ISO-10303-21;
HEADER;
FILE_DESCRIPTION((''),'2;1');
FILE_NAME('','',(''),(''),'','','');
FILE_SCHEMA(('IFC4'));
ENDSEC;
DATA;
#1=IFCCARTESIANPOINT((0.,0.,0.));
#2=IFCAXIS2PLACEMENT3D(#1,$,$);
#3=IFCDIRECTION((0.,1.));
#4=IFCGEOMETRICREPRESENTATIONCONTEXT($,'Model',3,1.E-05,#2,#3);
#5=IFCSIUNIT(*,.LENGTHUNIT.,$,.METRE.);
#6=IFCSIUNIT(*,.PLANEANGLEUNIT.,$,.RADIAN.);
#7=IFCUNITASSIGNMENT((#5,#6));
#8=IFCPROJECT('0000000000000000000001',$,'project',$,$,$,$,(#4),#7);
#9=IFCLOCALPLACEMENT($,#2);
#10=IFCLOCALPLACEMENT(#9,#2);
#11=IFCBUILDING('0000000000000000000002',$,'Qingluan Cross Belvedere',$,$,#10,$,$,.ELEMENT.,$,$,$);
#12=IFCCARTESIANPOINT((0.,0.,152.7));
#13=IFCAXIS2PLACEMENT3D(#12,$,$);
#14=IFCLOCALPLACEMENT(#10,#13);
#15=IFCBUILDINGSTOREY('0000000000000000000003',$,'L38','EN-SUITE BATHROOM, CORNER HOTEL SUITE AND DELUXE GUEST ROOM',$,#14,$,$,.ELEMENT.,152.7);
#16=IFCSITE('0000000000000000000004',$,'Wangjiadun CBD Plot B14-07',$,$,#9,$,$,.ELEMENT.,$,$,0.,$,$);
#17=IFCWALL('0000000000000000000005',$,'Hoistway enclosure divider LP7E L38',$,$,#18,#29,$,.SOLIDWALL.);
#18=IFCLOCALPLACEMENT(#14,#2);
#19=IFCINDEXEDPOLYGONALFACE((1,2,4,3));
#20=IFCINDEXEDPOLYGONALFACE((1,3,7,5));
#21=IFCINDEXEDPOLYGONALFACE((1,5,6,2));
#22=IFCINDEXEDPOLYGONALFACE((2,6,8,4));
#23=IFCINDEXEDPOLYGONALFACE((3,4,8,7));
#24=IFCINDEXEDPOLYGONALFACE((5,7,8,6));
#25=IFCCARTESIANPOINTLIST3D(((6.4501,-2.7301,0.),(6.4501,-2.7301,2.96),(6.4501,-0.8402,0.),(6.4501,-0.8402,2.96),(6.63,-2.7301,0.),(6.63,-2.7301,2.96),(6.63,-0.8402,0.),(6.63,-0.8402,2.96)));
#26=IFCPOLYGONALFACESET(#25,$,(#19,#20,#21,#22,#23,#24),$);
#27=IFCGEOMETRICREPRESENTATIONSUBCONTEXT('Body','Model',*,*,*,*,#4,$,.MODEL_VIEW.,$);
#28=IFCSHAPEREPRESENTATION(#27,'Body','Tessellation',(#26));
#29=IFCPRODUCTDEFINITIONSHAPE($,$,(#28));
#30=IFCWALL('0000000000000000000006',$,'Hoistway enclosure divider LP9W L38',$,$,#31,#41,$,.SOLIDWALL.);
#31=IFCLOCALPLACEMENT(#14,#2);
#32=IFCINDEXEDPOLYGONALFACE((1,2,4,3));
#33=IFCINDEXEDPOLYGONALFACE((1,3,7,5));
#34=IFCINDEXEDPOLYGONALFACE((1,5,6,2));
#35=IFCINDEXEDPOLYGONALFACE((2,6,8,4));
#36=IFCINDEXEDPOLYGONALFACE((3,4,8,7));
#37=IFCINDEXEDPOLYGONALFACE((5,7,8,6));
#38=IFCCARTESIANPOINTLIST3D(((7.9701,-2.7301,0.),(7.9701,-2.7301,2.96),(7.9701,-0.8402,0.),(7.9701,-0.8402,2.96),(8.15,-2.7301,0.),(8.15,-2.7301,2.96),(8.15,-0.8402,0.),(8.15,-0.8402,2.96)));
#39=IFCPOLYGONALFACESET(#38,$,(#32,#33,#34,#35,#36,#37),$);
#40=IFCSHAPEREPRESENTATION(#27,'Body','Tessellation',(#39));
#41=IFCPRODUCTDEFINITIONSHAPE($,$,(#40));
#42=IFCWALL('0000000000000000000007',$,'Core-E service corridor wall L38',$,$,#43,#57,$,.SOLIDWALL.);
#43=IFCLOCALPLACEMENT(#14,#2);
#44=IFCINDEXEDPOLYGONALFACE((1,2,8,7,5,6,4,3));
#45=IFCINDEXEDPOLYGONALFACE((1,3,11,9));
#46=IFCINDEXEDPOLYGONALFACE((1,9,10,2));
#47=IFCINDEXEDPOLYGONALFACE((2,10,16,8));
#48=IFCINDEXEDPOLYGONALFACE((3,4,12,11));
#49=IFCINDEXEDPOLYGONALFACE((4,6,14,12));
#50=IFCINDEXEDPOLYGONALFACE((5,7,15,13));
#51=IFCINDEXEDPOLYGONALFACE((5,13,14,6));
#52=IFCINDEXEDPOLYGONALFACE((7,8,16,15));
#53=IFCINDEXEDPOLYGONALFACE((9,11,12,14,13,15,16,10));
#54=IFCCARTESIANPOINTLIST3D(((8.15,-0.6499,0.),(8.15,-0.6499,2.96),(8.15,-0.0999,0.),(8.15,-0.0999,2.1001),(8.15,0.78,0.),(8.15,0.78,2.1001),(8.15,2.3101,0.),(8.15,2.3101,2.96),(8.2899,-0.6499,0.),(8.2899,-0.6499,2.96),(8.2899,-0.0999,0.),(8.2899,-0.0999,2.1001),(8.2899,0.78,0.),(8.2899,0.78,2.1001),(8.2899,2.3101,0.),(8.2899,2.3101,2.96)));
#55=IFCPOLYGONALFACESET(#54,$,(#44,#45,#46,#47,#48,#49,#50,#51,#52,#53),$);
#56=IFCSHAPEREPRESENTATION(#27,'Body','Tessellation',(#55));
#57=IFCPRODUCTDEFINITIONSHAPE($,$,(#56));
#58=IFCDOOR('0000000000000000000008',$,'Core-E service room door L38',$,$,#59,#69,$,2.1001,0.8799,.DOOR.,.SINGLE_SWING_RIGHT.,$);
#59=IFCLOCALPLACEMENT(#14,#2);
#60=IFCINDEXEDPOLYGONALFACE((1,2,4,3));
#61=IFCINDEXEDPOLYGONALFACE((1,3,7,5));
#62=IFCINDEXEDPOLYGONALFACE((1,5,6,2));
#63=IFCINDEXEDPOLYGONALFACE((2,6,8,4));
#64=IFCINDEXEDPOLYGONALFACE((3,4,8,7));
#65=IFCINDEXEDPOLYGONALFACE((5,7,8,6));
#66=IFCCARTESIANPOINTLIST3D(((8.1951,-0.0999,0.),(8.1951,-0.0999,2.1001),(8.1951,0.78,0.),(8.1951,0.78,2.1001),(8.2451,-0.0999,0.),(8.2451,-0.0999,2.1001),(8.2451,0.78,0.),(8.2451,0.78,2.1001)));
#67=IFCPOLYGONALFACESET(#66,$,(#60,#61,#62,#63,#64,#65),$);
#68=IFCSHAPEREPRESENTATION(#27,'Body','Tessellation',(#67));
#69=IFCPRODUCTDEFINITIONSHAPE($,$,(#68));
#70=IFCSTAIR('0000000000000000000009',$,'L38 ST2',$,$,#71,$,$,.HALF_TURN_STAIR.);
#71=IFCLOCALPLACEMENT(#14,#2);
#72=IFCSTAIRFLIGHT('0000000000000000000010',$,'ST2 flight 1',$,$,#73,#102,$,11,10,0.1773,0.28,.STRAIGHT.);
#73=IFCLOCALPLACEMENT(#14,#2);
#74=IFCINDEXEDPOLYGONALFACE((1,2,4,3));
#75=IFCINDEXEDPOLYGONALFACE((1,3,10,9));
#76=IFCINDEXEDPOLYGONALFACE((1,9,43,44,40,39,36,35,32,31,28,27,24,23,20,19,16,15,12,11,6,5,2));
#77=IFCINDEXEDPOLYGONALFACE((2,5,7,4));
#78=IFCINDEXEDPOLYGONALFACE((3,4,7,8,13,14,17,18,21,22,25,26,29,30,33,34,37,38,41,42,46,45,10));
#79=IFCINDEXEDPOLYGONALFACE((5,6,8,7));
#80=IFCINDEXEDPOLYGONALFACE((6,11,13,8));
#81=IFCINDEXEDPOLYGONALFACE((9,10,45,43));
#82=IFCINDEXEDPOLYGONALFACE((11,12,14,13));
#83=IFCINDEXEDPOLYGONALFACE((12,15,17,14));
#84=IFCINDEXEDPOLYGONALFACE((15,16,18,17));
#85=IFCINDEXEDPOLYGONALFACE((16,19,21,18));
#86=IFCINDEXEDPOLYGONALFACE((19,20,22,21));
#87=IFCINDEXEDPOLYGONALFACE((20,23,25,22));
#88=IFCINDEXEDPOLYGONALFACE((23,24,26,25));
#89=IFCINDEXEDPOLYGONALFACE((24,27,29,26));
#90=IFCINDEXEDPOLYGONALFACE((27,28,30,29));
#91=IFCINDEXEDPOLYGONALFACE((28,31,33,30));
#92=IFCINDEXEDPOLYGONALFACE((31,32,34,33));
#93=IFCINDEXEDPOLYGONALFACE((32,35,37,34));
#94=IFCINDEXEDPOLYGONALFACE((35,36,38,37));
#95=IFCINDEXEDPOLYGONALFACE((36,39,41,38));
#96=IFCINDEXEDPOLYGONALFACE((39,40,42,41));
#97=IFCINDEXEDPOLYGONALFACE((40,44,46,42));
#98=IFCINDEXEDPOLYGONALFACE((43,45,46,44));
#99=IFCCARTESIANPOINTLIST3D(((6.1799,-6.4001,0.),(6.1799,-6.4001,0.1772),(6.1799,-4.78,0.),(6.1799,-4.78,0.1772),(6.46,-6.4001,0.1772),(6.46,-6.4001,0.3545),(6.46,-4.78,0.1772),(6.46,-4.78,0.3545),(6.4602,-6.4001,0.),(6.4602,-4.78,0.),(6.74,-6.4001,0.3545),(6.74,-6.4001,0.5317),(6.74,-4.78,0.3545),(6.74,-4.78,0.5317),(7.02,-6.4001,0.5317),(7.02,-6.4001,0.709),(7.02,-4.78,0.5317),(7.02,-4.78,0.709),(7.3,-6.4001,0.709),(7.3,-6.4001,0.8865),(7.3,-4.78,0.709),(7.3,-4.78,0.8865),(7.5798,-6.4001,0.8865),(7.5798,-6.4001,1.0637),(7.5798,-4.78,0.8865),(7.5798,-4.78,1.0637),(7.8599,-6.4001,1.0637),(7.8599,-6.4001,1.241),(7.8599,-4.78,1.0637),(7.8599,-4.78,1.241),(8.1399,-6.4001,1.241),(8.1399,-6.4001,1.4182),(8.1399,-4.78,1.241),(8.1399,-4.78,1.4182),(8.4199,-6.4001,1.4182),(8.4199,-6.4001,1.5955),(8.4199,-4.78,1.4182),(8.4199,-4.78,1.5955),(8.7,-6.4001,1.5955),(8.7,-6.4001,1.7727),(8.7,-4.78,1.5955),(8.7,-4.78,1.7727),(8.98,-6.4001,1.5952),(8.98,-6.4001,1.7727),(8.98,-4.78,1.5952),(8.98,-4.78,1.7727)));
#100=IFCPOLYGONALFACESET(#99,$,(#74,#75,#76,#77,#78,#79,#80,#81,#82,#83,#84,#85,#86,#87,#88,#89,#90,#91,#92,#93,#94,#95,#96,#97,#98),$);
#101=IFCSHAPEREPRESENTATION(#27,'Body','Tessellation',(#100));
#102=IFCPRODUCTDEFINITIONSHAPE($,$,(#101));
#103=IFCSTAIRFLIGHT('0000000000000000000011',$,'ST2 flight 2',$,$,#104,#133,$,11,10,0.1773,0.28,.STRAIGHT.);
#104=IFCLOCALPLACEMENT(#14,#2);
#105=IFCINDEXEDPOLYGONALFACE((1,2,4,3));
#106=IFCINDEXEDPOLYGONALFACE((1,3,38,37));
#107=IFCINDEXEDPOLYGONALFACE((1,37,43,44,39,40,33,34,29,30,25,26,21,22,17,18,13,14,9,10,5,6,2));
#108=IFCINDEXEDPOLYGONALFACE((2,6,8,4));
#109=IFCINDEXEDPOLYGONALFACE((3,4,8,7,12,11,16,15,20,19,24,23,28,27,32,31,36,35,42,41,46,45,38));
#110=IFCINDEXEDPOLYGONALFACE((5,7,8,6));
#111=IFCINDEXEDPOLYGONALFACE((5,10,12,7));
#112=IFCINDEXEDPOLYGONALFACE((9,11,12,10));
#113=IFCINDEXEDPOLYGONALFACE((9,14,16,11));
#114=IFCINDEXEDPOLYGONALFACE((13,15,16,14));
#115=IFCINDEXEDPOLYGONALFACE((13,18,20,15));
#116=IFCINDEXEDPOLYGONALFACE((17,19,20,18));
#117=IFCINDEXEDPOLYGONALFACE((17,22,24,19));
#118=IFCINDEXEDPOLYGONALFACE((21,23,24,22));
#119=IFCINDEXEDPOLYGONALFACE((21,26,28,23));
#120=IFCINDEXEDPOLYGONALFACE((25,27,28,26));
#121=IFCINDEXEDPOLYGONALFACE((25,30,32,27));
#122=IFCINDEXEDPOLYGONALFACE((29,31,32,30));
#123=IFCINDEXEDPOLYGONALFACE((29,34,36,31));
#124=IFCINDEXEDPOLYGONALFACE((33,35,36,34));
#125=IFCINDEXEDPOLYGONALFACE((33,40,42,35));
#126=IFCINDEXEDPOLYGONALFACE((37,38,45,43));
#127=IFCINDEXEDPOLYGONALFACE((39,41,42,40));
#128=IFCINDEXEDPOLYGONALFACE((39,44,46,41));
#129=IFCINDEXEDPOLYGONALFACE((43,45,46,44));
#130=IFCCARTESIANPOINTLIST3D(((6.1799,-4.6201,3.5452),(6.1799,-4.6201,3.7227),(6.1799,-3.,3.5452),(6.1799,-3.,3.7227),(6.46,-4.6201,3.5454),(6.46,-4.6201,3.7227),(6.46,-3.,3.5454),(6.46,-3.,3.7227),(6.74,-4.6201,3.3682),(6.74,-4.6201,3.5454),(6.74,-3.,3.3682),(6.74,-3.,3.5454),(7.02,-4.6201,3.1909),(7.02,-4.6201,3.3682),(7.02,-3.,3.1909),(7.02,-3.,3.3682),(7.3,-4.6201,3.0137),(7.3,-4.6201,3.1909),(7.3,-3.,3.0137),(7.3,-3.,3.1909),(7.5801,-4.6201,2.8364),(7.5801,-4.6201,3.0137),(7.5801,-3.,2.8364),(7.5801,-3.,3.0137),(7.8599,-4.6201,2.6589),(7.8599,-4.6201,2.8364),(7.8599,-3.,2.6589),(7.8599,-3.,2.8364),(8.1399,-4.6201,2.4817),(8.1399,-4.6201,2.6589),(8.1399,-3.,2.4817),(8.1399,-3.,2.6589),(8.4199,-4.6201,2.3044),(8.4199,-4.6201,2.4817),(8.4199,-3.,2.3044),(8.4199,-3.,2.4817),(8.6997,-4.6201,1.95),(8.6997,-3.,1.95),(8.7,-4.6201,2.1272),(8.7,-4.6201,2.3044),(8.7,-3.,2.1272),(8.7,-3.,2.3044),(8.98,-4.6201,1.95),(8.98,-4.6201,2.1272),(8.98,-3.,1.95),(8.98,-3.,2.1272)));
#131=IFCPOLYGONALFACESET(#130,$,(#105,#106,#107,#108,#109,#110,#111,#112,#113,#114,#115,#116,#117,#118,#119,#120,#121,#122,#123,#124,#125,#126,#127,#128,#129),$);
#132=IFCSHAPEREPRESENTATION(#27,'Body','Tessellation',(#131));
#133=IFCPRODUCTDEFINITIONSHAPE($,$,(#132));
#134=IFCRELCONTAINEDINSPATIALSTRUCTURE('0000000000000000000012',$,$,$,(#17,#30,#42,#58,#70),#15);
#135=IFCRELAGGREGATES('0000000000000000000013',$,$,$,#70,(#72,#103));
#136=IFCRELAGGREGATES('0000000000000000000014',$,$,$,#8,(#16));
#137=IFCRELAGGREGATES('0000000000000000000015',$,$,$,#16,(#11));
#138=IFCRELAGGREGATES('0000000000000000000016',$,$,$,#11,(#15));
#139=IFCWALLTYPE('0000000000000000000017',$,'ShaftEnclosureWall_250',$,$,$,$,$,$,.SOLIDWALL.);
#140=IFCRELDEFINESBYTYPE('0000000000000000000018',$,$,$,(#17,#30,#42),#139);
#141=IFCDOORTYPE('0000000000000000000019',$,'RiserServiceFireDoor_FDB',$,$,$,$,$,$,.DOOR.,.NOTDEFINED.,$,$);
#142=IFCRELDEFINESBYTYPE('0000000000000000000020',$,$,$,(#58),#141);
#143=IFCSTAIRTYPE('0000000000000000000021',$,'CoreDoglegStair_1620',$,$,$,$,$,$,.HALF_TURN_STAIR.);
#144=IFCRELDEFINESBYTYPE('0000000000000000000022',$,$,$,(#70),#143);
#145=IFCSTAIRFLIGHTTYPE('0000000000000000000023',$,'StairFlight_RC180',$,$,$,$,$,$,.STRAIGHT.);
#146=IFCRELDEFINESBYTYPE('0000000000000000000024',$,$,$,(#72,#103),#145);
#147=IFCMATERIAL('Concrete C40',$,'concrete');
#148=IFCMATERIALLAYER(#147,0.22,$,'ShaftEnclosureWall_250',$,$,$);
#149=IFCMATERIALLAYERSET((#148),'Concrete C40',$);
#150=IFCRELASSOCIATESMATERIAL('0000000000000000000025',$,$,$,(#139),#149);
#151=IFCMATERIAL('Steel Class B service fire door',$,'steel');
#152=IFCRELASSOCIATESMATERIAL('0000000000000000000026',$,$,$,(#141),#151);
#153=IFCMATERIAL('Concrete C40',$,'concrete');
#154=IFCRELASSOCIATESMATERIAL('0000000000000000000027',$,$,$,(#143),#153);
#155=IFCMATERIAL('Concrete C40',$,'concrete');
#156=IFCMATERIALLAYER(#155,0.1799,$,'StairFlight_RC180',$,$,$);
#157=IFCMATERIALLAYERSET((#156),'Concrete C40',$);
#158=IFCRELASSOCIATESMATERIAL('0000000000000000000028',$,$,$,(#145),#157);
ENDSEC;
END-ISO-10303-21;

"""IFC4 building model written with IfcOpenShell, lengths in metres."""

from ifc_helpers import new_model, si_unit, direction, frame, frame_2d, origin, place, context, subcontext, project, spatial, polyline, rectangle, outline, extrude, material, layer, layer_set, type_object, element, fill, aggregate, save


model = new_model("IFC4")

# Units and contexts
model_context = context("Model", 3, precision=1e-05, world=origin(), true_north=direction((0.0, 1.0)))
body_context = subcontext(model_context, "Body", "Model", "MODEL_VIEW")
ifc_project = project(units=[si_unit("LENGTHUNIT", "METRE"), si_unit("PLANEANGLEUNIT", "RADIAN")], contexts=[model_context])

# Site, building, storey
site_placement = place(None, origin())
site = spatial("IfcSite", under=ifc_project, at=site_placement, Name="Wangjiadun CBD Plot B14-07", CompositionType="ELEMENT", RefElevation=0.0)
building_placement = place(site_placement, origin())
building = spatial("IfcBuilding", under=site, at=building_placement, Name="Qingluan Cross Belvedere", CompositionType="ELEMENT")
storey_placement = place(building_placement, frame((0.0, 0.0, 152.7)))
storey = spatial("IfcBuildingStorey", under=building, at=storey_placement, Name="L38", Description="EN-SUITE BATHROOM, CORNER HOTEL SUITE AND DELUXE GUEST ROOM", CompositionType="ELEMENT", Elevation=152.7)

# Shared definitions
ifc_material_1 = material(Name="Concrete C40", Category="concrete")
ifc_layer_1 = layer(ifc_material_1, 0.22, Name="ShaftEnclosureWall_250")
ifc_layer_set_1 = layer_set([ifc_layer_1], Name="Concrete C40")
wall_type_1 = type_object("IfcWallType", Name="ShaftEnclosureWall_250", PredefinedType="SOLIDWALL", material=ifc_layer_set_1)

# Walls
for number, where, z_axis, x_axis, name in (
    (1, (6.54, -2.73, 0.0), (0.0, 0.0, 1.0), (0.0, 1.0, 0.0), "Hoistway enclosure divider LP7E L38"),
    (2, (8.0601, -2.73, 0.0), (0.0, 0.0, 1.0), (0.0, 1.0, 0.0), "Hoistway enclosure divider LP9W L38"),
):
    element("IfcWall", number, at=place(storey_placement, frame(where, z_axis=z_axis, x_axis=x_axis)), inside=storey, type_object=wall_type_1, Name=name, PredefinedType="SOLIDWALL", context=body_context, shape_type="SweptSolid", body=[
        extrude(rectangle(XDim=1.8899, YDim=0.1799, at=frame_2d((0.9448, 0.0))), origin(), (0.0, 0.0, 1.0), 2.96),
    ])

# Wall, opening, door
wall_1_placement = place(storey_placement, frame((8.22, -0.6499, 0.0), z_axis=(0.0, 0.0, 1.0), x_axis=(0.0, 1.0, 0.0)))
wall_1 = element("IfcWall", 3, at=wall_1_placement, inside=storey, type_object=wall_type_1, Name="Core-E service corridor wall L38", PredefinedType="SOLIDWALL", context=body_context, shape_type="SweptSolid", body=[
    extrude(rectangle(XDim=2.96, YDim=0.1399, at=frame_2d((1.48, 0.0))), origin(), (0.0, 0.0, 1.0), 2.96),
])
opening_1_placement = place(wall_1_placement, frame((0.55, 0.0, 0.0)))
opening_1 = element("IfcOpeningElement", 4, at=opening_1_placement, cuts=wall_1, PredefinedType="OPENING", context=body_context, shape_type="SweptSolid", body=[
    extrude(rectangle(XDim=0.8799, YDim=2.1001, at=frame_2d((0.4399, 1.05))), frame((0.0, 0.0798, 0.0), z_axis=(0.0, -1.0, 0.0), x_axis=(1.0, 0.0, 0.0)), (0.0, 0.0, 1.0), 0.1599),
])
ifc_material_2 = material(Name="Steel Class B service fire door", Category="steel")
door_type_1 = type_object("IfcDoorType", Name="RiserServiceFireDoor_FDB", OperationType="NOTDEFINED", PredefinedType="DOOR", material=ifc_material_2)
door_1_placement = place(opening_1_placement, origin())
door_1 = element("IfcDoor", 5, at=door_1_placement, inside=storey, type_object=door_type_1, Name="Core-E service room door L38", OperationType="SINGLE_SWING_RIGHT", OverallHeight=2.1001, OverallWidth=0.8799, PredefinedType="DOOR", context=body_context, shape_type="SweptSolid", body=[
    extrude(rectangle(XDim=0.8799, YDim=2.1001, at=frame_2d((0.4399, 1.05))), frame((0.0, 0.0249, 0.0), z_axis=(0.0, -1.0, 0.0), x_axis=(1.0, 0.0, 0.0)), (0.0, 0.0, 1.0), 0.05),
])
fill(opening_1, door_1)

# Stair, stair flights
ifc_material_3 = material(Name="Concrete C40", Category="concrete")
stair_type = type_object("IfcStairType", Name="CoreDoglegStair_1620", PredefinedType="HALF_TURN_STAIR", material=ifc_material_3)
stair_placement = place(storey_placement, origin())
stair = element("IfcStair", 6, at=stair_placement, inside=storey, type_object=stair_type, Name="L38 ST2", PredefinedType="HALF_TURN_STAIR")
ifc_material_4 = material(Name="Concrete C40", Category="concrete")
ifc_layer_2 = layer(ifc_material_4, 0.1799, Name="StairFlight_RC180")
ifc_layer_set_2 = layer_set([ifc_layer_2], Name="Concrete C40")
stair_flight_type = type_object("IfcStairFlightType", Name="StairFlight_RC180", PredefinedType="STRAIGHT", material=ifc_layer_set_2)
stair_flight_1_placement = place(storey_placement, frame((6.1799, -5.5901, 0.0), z_axis=(0.0, 0.0, 1.0), x_axis=(1.0, 0.0, 0.0)))
stair_flight_1 = element("IfcStairFlight", 7, at=stair_flight_1_placement, type_object=stair_flight_type, Name="ST2 flight 1", NumberOfRisers=11, NumberOfTreads=10, PredefinedType="STRAIGHT", RiserHeight=0.1773, TreadLength=0.28, context=body_context, shape_type="SweptSolid", body=[
    extrude(outline(polyline([(0.0, 0.0), (0.0, 0.1772), (0.28, 0.1772), (0.28, 0.3545), (0.5601, 0.3545), (0.5601, 0.5317), (0.8401, 0.5317), (0.8401, 0.709), (1.1201, 0.709), (1.1201, 0.8865), (1.3999, 0.8865), (1.3999, 1.0637), (1.6799, 1.0637), (1.6799, 1.241), (1.96, 1.241), (1.96, 1.4182), (2.24, 1.4182), (2.24, 1.5955), (2.52, 1.5955), (2.52, 1.7727), (2.8, 1.7727), (2.8, 1.95), (2.8, 1.5952), (0.2803, 0.0), (0.0, 0.0)])), frame((0.0, 0.8101, 0.0), z_axis=(0.0, -1.0, 0.0), x_axis=(1.0, 0.0, 0.0)), (0.0, 0.0, 1.0), 1.6201),
])
stair_flight_2_placement = place(storey_placement, frame((8.98, -3.8101, 1.95), z_axis=(0.0, 0.0, 1.0), x_axis=(-1.0, 0.0, 0.0)))
stair_flight_2 = element("IfcStairFlight", 8, at=stair_flight_2_placement, type_object=stair_flight_type, Name="ST2 flight 2", NumberOfRisers=11, NumberOfTreads=10, PredefinedType="STRAIGHT", RiserHeight=0.1773, TreadLength=0.28, context=body_context, shape_type="SweptSolid", body=[
    extrude(outline(polyline([(0.0, 0.0), (0.0, 0.1772), (0.28, 0.1772), (0.28, 0.3545), (0.5601, 0.3545), (0.5601, 0.5317), (0.8401, 0.5317), (0.8401, 0.709), (1.1201, 0.709), (1.1201, 0.8865), (1.3999, 0.8865), (1.3999, 1.0637), (1.6799, 1.0637), (1.6799, 1.241), (1.96, 1.241), (1.96, 1.4182), (2.24, 1.4182), (2.24, 1.5955), (2.52, 1.5955), (2.52, 1.7727), (2.8, 1.7727), (2.8, 1.95), (2.8, 1.5952), (0.2803, 0.0), (0.0, 0.0)])), frame((0.0, 0.8101, 0.0), z_axis=(0.0, -1.0, 0.0), x_axis=(1.0, 0.0, 0.0)), (0.0, 0.0, 1.0), 1.6201),
])
aggregate(stair, [stair_flight_1, stair_flight_2])

save(model, "model.ifc")
